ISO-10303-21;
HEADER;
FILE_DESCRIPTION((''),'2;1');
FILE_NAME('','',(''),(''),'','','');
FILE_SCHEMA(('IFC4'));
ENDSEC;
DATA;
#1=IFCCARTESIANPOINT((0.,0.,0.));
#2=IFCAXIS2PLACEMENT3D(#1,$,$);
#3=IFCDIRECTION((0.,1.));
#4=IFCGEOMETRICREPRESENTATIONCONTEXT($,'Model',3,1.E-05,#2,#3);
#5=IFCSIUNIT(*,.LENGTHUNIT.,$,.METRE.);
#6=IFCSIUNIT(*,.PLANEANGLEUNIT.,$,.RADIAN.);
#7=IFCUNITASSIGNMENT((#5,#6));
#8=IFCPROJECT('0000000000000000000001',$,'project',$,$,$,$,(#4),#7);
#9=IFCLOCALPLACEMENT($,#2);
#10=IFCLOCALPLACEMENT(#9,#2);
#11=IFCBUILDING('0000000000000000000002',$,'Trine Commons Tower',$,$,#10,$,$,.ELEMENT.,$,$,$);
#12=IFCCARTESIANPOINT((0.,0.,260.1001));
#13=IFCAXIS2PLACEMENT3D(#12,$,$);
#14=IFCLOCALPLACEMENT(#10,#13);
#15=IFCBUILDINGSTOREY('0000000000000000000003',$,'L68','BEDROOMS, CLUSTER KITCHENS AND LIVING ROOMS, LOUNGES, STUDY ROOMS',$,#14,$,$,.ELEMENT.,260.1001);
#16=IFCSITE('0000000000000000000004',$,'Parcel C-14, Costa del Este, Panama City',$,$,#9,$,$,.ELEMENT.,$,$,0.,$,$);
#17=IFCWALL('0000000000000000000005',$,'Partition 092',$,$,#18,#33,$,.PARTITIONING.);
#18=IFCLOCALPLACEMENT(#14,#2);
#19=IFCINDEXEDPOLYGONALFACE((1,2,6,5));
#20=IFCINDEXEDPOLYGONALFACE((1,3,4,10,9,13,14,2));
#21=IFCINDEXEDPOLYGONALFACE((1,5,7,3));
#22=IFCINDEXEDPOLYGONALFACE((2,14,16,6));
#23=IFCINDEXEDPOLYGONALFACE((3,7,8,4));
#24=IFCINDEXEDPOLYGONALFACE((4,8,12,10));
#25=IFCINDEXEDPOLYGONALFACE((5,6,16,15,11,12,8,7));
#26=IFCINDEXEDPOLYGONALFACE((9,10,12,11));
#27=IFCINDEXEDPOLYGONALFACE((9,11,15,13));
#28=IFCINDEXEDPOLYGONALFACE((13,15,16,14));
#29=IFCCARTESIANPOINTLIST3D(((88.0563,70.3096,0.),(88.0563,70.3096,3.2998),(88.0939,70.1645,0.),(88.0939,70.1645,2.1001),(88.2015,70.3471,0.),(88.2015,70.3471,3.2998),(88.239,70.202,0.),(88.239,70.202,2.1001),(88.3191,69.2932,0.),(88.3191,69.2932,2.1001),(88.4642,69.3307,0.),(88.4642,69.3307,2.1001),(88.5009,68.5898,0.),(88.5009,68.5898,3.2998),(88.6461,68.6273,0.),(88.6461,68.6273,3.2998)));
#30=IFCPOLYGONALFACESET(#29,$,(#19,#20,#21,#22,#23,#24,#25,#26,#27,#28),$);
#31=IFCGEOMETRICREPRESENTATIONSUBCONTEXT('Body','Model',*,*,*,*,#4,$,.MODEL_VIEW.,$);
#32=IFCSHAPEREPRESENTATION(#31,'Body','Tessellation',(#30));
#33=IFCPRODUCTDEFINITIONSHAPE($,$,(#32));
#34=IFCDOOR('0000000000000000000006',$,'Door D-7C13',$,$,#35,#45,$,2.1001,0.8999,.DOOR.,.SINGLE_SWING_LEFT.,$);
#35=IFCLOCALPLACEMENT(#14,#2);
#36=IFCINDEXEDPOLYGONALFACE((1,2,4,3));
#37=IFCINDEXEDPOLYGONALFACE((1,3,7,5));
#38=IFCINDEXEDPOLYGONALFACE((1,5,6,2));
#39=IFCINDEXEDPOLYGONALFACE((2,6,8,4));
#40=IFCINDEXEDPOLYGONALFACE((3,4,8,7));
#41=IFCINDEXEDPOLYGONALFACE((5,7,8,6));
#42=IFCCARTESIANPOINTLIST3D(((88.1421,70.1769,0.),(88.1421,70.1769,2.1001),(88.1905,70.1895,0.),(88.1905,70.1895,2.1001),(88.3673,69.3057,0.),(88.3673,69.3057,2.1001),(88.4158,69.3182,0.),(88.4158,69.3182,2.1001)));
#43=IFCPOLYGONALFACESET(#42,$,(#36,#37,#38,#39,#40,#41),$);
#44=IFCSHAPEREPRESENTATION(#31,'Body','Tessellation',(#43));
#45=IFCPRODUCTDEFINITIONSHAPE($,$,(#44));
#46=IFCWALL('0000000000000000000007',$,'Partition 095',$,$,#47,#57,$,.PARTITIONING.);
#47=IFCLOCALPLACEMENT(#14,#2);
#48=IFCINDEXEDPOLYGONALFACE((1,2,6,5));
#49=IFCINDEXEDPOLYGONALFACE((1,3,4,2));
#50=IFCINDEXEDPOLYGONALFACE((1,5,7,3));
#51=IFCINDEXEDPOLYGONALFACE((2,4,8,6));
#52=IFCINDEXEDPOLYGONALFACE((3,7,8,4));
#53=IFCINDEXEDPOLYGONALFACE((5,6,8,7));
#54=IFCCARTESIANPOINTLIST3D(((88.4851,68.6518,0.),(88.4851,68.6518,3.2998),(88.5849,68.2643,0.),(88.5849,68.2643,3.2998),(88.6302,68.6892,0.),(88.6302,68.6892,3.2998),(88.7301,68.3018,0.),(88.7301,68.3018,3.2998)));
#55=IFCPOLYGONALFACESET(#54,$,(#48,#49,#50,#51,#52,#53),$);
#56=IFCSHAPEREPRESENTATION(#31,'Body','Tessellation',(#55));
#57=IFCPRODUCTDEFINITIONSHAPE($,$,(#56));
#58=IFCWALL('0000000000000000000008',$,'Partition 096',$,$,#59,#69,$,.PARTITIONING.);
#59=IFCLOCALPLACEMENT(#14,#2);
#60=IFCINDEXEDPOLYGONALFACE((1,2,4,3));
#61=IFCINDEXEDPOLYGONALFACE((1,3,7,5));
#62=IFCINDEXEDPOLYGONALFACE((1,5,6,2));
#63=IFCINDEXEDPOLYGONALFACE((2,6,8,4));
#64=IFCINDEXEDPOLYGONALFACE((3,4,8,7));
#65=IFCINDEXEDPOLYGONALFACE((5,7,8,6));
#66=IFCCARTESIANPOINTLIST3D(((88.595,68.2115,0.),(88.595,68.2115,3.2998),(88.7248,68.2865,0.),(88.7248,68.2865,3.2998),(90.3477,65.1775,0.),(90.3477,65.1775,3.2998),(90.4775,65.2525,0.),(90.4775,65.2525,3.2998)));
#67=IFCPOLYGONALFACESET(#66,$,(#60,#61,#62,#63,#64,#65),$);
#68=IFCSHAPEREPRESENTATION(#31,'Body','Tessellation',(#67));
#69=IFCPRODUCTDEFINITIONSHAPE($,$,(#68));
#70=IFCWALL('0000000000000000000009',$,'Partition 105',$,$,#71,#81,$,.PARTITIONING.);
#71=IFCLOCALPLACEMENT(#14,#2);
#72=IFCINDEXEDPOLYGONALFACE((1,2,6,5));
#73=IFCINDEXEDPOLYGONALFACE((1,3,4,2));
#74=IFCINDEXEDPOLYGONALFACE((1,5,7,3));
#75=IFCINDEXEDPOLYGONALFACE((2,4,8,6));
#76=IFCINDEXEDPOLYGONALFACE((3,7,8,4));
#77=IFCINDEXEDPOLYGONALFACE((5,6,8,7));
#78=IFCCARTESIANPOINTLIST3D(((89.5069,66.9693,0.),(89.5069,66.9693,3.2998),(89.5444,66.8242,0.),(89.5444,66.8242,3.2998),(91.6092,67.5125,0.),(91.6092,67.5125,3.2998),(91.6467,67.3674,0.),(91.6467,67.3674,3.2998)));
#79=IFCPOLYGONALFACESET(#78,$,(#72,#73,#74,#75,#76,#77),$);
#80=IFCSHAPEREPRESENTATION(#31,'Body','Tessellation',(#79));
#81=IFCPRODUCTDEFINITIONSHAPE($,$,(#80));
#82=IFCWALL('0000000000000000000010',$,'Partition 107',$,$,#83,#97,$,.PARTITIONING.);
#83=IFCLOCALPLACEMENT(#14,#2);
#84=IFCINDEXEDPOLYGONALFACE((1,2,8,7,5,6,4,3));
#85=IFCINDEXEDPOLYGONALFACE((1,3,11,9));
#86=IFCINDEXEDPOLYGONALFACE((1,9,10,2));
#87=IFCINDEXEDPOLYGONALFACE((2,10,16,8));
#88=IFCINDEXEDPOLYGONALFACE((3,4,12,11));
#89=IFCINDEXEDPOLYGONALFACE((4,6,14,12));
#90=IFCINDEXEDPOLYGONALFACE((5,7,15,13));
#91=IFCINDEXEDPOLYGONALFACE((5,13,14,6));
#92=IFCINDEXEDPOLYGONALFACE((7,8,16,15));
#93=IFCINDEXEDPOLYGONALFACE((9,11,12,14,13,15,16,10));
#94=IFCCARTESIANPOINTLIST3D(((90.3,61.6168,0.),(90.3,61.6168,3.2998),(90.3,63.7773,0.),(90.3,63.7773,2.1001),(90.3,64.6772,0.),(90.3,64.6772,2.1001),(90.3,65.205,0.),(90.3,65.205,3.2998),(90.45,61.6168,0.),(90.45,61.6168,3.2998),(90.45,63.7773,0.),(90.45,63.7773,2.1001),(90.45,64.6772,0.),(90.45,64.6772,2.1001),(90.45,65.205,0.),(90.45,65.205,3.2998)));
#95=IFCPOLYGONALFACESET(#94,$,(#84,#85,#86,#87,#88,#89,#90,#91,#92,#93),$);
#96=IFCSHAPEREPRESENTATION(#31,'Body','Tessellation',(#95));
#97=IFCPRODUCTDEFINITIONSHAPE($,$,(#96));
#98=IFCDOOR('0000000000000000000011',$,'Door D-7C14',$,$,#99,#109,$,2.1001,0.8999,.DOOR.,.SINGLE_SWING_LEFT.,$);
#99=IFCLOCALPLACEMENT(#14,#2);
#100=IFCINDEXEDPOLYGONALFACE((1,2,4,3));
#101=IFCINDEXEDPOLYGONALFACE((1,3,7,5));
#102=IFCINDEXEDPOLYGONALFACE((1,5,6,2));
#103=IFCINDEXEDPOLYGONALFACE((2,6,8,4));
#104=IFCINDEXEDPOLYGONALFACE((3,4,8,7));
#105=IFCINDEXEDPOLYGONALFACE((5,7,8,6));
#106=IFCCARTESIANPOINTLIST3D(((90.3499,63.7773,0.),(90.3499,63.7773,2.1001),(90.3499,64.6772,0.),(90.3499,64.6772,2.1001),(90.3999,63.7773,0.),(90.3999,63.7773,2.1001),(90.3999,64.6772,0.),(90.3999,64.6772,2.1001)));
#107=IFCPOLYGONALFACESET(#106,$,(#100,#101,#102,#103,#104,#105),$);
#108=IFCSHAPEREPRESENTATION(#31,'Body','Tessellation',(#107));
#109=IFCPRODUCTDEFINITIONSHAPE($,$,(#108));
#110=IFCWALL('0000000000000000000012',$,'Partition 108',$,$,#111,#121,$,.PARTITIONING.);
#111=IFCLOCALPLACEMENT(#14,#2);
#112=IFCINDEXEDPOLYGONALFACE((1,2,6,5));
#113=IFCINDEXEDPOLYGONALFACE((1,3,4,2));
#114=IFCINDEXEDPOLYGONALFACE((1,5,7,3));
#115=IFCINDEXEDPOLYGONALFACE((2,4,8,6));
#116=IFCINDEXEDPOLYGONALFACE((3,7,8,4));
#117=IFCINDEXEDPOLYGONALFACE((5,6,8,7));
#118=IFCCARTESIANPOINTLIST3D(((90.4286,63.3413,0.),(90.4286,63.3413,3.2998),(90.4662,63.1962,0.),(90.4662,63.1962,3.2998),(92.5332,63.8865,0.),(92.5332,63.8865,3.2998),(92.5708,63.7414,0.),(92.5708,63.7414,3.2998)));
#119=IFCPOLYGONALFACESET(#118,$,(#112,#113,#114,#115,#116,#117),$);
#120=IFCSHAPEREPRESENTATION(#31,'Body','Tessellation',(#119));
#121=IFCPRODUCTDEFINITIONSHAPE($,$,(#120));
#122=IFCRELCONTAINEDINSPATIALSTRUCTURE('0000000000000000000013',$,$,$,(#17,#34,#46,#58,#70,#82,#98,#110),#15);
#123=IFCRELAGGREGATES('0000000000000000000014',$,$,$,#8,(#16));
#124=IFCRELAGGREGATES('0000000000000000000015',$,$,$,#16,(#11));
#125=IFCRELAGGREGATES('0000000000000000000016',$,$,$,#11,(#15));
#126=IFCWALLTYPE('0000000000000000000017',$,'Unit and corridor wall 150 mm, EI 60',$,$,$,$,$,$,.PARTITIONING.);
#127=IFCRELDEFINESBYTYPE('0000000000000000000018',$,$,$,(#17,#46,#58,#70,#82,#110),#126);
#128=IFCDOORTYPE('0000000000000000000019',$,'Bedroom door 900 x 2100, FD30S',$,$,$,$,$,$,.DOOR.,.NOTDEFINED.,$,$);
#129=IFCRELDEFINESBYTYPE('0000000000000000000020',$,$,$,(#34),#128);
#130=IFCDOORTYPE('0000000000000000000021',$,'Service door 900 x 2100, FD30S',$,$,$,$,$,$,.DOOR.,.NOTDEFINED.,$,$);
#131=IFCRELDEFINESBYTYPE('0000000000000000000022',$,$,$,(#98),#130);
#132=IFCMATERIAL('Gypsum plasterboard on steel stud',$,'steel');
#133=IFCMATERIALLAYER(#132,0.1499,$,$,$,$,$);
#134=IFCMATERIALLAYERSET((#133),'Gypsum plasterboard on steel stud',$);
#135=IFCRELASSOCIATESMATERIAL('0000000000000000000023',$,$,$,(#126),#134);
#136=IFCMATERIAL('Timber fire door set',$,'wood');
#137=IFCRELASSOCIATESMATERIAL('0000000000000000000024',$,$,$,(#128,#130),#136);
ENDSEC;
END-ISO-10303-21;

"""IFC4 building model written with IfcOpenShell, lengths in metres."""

from ifc_helpers import new_model, si_unit, direction, frame, frame_2d, origin, place, context, subcontext, project, spatial, rectangle, extrude, material, layer, layer_set, type_object, element, fill, save


model = new_model("IFC4")

# Units and contexts
model_context = context("Model", 3, precision=1e-05, world=origin(), true_north=direction((0.0, 1.0)))
body_context = subcontext(model_context, "Body", "Model", "MODEL_VIEW")
ifc_project = project(units=[si_unit("LENGTHUNIT", "METRE"), si_unit("PLANEANGLEUNIT", "RADIAN")], contexts=[model_context])

# Site, building, storey
site_placement = place(None, origin())
site = spatial("IfcSite", under=ifc_project, at=site_placement, Name="Parcel C-14, Costa del Este, Panama City", CompositionType="ELEMENT", RefElevation=0.0)
building_placement = place(site_placement, origin())
building = spatial("IfcBuilding", under=site, at=building_placement, Name="Trine Commons Tower", CompositionType="ELEMENT")
storey_placement = place(building_placement, frame((0.0, 0.0, 260.1001)))
storey = spatial("IfcBuildingStorey", under=building, at=storey_placement, Name="L68", Description="BEDROOMS, CLUSTER KITCHENS AND LIVING ROOMS, LOUNGES, STUDY ROOMS", CompositionType="ELEMENT", Elevation=260.1001)

# Shared definitions
ifc_material_1 = material(Name="Gypsum plasterboard on steel stud", Category="steel")
ifc_layer_1 = layer(ifc_material_1, 0.1499)
ifc_layer_set_1 = layer_set([ifc_layer_1], Name="Gypsum plasterboard on steel stud")
wall_type_1 = type_object("IfcWallType", Name="Unit and corridor wall 150 mm, EI 60", PredefinedType="PARTITIONING", material=ifc_layer_set_1)

# Wall, opening, door
wall_1_placement = place(storey_placement, frame((88.1289, 70.3284, 0.0), z_axis=(0.0, 0.0, 1.0), x_axis=(0.25029, -0.968171, 0.0)))
wall_1 = element("IfcWall", 1, at=wall_1_placement, inside=storey, type_object=wall_type_1, Name="Partition 092", PredefinedType="PARTITIONING", context=body_context, shape_type="SweptSolid", body=[
    extrude(rectangle(XDim=1.7764, YDim=0.1499, at=frame_2d((0.8882, 0.0))), origin(), (0.0, 0.0, 1.0), 3.2998),
])
opening_1_placement = place(wall_1_placement, frame((0.1499, 0.0, 0.0)))
opening_1 = element("IfcOpeningElement", 2, at=opening_1_placement, cuts=wall_1, PredefinedType="OPENING", context=body_context, shape_type="SweptSolid", body=[
    extrude(rectangle(XDim=0.8999, YDim=2.1001, at=frame_2d((0.45, 1.05))), frame((0.0, 0.085, 0.0), z_axis=(0.0, -1.0, 0.0), x_axis=(1.0, 0.0, 0.0)), (0.0, 0.0, 1.0), 0.1699),
])
ifc_material_2 = material(Name="Timber fire door set", Category="wood")
door_type_1 = type_object("IfcDoorType", Name="Bedroom door 900 x 2100, FD30S", OperationType="NOTDEFINED", PredefinedType="DOOR", material=ifc_material_2)
door_1_placement = place(opening_1_placement, origin())
door_1 = element("IfcDoor", 3, at=door_1_placement, inside=storey, type_object=door_type_1, Name="Door D-7C13", OperationType="SINGLE_SWING_LEFT", OverallHeight=2.1001, OverallWidth=0.8999, PredefinedType="DOOR", context=body_context, shape_type="SweptSolid", body=[
    extrude(rectangle(XDim=0.8999, YDim=2.1001, at=frame_2d((0.45, 1.05))), frame((0.0, 0.0249, 0.0), z_axis=(0.0, -1.0, 0.0), x_axis=(1.0, 0.0, 0.0)), (0.0, 0.0, 1.0), 0.05),
])
fill(opening_1, door_1)

# Walls
wall_2_placement = place(storey_placement, frame((88.5576, 68.6707, 0.0), z_axis=(0.0, 0.0, 1.0), x_axis=(0.249564, -0.968358, 0.0)))
element("IfcWall", 4, at=wall_2_placement, inside=storey, type_object=wall_type_1, Name="Partition 095", PredefinedType="PARTITIONING", context=body_context, shape_type="SweptSolid", body=[
    extrude(rectangle(XDim=0.4001, YDim=0.1499, at=frame_2d((0.2002, 0.0))), origin(), (0.0, 0.0, 1.0), 3.2998),
])
wall_3_placement = place(storey_placement, frame((88.6599, 68.249, 0.0), z_axis=(0.0, 0.0, 1.0), x_axis=(0.500223, -0.865897, 0.0)))
element("IfcWall", 5, at=wall_3_placement, inside=storey, type_object=wall_type_1, Name="Partition 096", PredefinedType="PARTITIONING", context=body_context, shape_type="SweptSolid", body=[
    extrude(rectangle(XDim=3.5039, YDim=0.1499, at=frame_2d((1.752, 0.0))), origin(), (0.0, 0.0, 1.0), 3.2998),
])
wall_4_placement = place(storey_placement, frame((89.5256, 66.8967, 0.0), z_axis=(0.0, 0.0, 1.0), x_axis=(0.968201, 0.250174, 0.0)))
element("IfcWall", 6, at=wall_4_placement, inside=storey, type_object=wall_type_1, Name="Partition 105", PredefinedType="PARTITIONING", context=body_context, shape_type="SweptSolid", body=[
    extrude(rectangle(XDim=2.1714, YDim=0.1499, at=frame_2d((1.0857, 0.0))), origin(), (0.0, 0.0, 1.0), 3.2998),
])

# Wall, opening, door
wall_5_placement = place(storey_placement, frame((90.375, 61.6169, 0.0), z_axis=(0.0, 0.0, 1.0), x_axis=(0.0, 1.0, 0.0)))
wall_5 = element("IfcWall", 7, at=wall_5_placement, inside=storey, type_object=wall_type_1, Name="Partition 107", PredefinedType="PARTITIONING", context=body_context, shape_type="SweptSolid", body=[
    extrude(rectangle(XDim=3.5881, YDim=0.1499, at=frame_2d((1.7939, 0.0))), origin(), (0.0, 0.0, 1.0), 3.2998),
])
opening_2_placement = place(wall_5_placement, frame((2.1604, 0.0, 0.0)))
opening_2 = element("IfcOpeningElement", 8, at=opening_2_placement, cuts=wall_5, PredefinedType="OPENING", context=body_context, shape_type="SweptSolid", body=[
    extrude(rectangle(XDim=0.8999, YDim=2.1001, at=frame_2d((0.45, 1.05))), frame((0.0, 0.085, 0.0), z_axis=(0.0, -1.0, 0.0), x_axis=(1.0, 0.0, 0.0)), (0.0, 0.0, 1.0), 0.1699),
])
door_type_2 = type_object("IfcDoorType", Name="Service door 900 x 2100, FD30S", OperationType="NOTDEFINED", PredefinedType="DOOR", material=ifc_material_2)
door_2_placement = place(opening_2_placement, frame((0.8999, 0.0, 0.0), z_axis=(0.0, 0.0, 1.0), x_axis=(-1.0, 0.0, 0.0)))
door_2 = element("IfcDoor", 9, at=door_2_placement, inside=storey, type_object=door_type_2, Name="Door D-7C14", OperationType="SINGLE_SWING_LEFT", OverallHeight=2.1001, OverallWidth=0.8999, PredefinedType="DOOR", context=body_context, shape_type="SweptSolid", body=[
    extrude(rectangle(XDim=0.8999, YDim=2.1001, at=frame_2d((0.45, 1.05))), frame((0.0, 0.0249, 0.0), z_axis=(0.0, -1.0, 0.0), x_axis=(1.0, 0.0, 0.0)), (0.0, 0.0, 1.0), 0.05),
])
fill(opening_2, door_2)

# Wall
wall_6_placement = place(storey_placement, frame((90.4475, 63.2688, 0.0), z_axis=(0.0, 0.0, 1.0), x_axis=(0.968046, 0.250771, 0.0)))
element("IfcWall", 10, at=wall_6_placement, inside=storey, type_object=wall_type_1, Name="Partition 108", PredefinedType="PARTITIONING", context=body_context, shape_type="SweptSolid", body=[
    extrude(rectangle(XDim=2.1741, YDim=0.1499, at=frame_2d((1.0869, 0.0))), origin(), (0.0, 0.0, 1.0), 3.2998),
])

save(model, "model.ifc")
